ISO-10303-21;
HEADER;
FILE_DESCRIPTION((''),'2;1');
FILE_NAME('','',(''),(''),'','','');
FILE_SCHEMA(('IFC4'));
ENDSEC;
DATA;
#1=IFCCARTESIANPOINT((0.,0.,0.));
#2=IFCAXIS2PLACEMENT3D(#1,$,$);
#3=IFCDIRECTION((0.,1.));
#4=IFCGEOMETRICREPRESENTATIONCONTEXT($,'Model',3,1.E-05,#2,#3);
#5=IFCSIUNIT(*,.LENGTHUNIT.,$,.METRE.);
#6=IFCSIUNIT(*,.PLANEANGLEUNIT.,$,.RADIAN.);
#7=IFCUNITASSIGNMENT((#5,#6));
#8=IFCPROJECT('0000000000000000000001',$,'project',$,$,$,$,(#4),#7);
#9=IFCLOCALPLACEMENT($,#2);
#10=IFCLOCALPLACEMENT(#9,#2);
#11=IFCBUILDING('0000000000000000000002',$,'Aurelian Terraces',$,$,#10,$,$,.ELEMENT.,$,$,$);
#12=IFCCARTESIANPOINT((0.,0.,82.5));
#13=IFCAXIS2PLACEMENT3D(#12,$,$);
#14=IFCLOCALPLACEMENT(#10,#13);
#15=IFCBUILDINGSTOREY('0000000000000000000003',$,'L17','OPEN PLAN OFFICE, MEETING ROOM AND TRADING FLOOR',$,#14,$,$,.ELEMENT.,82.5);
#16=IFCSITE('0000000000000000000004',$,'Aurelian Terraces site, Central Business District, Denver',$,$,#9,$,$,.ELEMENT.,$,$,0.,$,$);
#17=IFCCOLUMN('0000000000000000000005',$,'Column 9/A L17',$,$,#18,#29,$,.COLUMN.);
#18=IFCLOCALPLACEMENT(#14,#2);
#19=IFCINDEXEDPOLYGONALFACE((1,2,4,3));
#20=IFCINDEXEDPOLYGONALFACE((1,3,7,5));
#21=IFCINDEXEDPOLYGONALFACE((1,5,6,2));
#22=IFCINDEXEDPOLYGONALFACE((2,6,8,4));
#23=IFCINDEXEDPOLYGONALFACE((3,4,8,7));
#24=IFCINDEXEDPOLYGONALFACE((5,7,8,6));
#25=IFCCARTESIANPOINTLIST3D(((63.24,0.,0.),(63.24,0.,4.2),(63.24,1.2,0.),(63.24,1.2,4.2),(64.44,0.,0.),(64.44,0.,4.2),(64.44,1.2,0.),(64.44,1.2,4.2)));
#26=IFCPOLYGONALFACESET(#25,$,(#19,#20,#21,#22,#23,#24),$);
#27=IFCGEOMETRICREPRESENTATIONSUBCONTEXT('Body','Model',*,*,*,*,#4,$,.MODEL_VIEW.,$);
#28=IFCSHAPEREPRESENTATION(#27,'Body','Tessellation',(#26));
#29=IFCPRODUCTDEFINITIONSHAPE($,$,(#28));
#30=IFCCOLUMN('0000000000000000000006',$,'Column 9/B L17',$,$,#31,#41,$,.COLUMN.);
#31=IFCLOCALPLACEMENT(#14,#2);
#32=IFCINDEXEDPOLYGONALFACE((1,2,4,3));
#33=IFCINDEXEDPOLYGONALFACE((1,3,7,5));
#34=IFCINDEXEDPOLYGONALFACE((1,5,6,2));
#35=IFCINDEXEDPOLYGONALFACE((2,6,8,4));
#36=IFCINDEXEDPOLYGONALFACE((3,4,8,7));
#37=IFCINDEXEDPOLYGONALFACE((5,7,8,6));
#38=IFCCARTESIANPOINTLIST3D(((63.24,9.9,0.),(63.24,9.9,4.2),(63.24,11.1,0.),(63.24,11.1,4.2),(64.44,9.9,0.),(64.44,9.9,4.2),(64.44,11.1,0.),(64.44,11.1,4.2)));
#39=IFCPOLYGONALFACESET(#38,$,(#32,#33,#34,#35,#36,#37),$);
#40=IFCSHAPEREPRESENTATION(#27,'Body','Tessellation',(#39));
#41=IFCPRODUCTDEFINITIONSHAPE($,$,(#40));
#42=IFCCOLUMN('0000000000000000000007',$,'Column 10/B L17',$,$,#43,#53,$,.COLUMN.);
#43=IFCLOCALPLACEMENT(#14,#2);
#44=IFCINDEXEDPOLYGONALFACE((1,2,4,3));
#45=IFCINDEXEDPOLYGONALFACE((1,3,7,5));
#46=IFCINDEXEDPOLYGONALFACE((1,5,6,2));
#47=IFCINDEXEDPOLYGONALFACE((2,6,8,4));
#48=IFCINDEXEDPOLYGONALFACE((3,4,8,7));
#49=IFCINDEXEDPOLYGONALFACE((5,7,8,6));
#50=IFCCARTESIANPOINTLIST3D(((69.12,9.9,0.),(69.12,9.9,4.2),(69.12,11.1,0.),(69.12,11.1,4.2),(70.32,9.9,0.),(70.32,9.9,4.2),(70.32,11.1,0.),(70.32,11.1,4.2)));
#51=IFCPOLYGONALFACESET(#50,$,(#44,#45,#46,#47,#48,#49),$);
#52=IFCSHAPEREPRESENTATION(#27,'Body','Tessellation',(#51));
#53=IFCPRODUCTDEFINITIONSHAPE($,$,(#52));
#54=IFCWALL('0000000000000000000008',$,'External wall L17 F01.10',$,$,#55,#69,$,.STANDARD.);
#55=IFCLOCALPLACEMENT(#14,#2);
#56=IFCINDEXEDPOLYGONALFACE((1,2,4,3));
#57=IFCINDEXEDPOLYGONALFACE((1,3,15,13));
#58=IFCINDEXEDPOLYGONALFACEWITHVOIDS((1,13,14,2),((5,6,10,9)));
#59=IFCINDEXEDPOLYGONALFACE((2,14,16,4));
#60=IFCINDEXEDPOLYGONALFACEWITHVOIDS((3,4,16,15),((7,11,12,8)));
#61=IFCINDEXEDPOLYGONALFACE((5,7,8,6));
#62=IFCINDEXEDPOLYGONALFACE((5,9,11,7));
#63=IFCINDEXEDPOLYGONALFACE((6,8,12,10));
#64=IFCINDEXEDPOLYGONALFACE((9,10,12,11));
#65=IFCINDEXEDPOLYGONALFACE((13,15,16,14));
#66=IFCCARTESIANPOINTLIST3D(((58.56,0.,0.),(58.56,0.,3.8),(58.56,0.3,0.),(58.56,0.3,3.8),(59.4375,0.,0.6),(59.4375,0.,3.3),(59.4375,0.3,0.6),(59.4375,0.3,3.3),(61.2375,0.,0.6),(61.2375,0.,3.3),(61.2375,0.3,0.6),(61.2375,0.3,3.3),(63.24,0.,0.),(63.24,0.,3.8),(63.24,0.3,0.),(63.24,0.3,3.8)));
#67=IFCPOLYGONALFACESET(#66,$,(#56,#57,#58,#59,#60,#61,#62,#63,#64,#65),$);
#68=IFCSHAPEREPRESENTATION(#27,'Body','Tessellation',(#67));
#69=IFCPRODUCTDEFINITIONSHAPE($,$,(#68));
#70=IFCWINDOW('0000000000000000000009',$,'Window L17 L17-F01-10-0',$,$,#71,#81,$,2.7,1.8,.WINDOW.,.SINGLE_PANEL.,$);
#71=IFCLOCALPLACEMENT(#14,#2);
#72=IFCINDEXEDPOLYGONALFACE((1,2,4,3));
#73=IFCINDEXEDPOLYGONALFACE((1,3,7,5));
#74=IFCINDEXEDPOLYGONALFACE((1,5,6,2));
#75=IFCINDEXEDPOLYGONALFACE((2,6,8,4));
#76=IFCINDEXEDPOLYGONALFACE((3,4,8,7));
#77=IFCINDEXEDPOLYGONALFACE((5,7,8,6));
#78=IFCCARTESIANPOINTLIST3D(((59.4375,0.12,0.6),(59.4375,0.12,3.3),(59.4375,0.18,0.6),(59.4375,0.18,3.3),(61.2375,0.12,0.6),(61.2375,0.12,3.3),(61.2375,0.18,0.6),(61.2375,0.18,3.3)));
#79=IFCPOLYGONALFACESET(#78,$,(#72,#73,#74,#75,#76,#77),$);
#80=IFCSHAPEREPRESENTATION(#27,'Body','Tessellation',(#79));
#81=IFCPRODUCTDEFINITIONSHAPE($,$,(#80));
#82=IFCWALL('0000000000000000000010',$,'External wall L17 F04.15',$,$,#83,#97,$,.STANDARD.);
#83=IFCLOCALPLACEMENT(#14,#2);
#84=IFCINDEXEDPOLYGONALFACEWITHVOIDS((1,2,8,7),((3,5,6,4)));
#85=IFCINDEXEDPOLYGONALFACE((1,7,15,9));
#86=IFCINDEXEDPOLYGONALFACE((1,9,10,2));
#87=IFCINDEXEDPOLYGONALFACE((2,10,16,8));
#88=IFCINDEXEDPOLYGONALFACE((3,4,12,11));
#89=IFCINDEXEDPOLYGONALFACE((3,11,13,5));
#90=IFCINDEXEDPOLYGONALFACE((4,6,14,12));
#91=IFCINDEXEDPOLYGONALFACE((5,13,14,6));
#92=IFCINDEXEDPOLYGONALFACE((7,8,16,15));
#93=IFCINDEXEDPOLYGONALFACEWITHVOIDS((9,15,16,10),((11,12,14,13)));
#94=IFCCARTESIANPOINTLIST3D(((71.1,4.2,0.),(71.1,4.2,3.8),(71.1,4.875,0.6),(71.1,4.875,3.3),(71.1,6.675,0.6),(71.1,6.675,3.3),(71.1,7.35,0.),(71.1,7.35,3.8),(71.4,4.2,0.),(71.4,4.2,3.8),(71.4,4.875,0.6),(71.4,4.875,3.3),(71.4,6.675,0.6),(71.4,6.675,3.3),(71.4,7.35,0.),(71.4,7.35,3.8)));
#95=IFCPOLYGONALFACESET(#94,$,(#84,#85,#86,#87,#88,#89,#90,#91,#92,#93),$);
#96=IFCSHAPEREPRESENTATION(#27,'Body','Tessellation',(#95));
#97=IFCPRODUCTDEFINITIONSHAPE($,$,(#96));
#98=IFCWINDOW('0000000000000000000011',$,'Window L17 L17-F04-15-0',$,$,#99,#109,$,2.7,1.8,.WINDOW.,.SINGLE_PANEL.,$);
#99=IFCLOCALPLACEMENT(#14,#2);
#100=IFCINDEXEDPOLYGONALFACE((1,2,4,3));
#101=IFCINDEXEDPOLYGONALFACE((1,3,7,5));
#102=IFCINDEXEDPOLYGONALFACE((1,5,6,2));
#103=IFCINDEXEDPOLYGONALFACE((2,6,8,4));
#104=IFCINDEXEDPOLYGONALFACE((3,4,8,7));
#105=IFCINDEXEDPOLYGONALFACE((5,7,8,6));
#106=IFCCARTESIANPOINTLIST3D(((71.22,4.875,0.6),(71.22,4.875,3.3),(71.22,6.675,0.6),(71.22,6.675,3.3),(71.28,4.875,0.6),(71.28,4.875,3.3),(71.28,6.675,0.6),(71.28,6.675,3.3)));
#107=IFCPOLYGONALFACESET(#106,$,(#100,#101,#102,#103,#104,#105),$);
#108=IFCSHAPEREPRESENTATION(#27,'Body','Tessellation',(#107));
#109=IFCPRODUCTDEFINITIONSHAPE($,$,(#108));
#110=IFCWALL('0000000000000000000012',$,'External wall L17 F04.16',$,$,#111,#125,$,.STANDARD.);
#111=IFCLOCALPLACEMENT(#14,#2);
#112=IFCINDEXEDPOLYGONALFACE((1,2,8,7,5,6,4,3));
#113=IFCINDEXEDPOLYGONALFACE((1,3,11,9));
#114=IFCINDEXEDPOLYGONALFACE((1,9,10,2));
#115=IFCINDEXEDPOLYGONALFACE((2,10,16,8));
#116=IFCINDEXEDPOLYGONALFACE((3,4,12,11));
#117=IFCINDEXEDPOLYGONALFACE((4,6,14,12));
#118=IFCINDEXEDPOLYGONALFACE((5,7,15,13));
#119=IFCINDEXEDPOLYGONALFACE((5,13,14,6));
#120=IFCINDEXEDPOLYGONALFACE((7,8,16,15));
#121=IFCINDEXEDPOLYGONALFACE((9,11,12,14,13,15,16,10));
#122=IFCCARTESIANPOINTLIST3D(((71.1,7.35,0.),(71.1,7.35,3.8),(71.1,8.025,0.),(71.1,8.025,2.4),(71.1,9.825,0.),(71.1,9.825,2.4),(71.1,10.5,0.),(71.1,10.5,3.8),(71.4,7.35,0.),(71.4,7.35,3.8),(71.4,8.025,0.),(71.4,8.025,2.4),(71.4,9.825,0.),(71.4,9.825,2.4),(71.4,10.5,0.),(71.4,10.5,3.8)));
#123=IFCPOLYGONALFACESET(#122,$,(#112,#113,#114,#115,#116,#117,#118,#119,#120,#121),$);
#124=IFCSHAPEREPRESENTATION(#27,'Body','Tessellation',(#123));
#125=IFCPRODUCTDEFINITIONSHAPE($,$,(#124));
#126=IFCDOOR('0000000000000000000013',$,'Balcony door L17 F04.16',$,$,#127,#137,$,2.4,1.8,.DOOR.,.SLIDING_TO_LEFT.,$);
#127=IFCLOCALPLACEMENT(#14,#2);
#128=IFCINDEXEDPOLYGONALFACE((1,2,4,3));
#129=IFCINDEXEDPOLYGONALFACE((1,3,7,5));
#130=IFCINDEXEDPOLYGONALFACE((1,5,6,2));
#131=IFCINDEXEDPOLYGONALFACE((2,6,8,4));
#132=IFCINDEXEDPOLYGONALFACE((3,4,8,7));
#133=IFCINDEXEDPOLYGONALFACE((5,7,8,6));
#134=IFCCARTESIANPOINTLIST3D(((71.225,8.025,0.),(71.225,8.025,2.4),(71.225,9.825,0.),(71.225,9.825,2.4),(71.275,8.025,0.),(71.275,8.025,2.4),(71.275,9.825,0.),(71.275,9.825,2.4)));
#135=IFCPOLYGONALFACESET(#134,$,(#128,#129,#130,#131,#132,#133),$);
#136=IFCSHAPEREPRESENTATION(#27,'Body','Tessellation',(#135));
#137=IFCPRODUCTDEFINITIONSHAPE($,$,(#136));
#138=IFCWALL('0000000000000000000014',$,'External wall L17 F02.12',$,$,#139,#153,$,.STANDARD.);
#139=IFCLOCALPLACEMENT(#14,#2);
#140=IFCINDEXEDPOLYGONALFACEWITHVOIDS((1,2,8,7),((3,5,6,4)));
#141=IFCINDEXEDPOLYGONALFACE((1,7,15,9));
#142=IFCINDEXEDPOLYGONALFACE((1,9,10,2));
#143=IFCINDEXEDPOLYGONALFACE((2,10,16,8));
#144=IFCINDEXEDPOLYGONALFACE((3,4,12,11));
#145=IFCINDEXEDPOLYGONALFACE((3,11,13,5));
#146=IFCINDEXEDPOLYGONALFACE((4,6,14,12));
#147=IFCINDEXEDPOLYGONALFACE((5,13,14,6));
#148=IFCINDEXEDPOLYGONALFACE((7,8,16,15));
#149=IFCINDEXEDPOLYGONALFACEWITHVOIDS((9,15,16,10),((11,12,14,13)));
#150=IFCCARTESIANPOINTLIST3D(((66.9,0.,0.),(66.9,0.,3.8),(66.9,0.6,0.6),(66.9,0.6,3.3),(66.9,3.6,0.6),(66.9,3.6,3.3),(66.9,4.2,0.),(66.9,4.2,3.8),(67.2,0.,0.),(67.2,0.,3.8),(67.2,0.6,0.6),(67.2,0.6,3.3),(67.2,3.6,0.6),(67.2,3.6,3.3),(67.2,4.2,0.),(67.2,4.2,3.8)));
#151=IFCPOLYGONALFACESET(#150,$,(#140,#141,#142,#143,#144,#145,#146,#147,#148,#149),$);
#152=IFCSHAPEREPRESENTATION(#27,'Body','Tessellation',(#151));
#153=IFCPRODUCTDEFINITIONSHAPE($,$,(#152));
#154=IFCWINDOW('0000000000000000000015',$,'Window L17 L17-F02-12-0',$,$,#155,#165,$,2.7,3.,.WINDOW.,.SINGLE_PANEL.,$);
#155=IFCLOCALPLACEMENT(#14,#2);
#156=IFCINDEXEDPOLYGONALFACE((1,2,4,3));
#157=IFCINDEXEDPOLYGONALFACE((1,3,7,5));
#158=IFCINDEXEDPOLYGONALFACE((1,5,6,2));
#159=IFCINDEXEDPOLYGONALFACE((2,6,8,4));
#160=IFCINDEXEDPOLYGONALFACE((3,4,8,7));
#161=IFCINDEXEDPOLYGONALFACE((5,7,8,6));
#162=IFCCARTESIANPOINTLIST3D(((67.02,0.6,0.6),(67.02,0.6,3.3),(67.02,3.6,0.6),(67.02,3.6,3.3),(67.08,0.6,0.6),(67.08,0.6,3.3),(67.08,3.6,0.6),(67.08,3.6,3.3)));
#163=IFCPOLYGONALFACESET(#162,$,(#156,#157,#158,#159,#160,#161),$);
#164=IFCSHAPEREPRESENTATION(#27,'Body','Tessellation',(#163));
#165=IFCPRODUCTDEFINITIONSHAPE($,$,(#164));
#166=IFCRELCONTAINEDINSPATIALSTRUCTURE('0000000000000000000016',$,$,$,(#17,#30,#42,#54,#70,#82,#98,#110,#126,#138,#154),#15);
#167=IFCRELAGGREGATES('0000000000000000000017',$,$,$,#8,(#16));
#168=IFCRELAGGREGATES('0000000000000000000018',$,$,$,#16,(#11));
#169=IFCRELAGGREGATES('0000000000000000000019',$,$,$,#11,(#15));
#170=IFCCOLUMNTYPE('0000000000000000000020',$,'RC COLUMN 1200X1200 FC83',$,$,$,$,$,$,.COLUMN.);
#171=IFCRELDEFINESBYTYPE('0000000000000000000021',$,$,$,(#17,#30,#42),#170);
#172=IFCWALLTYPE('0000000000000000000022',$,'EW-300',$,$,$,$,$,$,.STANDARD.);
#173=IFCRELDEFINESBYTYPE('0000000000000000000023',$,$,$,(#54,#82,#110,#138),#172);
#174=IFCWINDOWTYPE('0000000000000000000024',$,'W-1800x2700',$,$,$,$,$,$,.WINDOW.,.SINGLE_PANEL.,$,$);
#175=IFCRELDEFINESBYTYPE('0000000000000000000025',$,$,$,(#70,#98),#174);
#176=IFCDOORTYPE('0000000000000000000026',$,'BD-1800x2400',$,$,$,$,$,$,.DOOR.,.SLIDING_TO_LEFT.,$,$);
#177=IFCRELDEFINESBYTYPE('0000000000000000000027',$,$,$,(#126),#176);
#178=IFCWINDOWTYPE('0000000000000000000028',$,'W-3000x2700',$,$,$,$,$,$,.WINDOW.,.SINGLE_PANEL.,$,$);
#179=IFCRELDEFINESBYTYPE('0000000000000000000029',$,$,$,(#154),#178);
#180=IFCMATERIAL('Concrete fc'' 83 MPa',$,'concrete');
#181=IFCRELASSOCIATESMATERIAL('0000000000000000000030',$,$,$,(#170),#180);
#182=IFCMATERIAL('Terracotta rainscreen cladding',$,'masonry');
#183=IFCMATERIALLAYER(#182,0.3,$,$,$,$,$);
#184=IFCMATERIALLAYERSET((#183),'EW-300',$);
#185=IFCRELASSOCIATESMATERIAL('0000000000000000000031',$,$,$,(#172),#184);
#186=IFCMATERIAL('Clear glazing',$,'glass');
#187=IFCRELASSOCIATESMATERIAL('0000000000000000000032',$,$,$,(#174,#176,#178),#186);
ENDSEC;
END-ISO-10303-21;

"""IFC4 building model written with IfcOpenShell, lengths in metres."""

from ifc_helpers import new_model, si_unit, direction, frame, frame_2d, origin, origin_2d, place, context, subcontext, project, spatial, rectangle, extrude, source, transform, mapped, material, layer, layer_set, material_profile, profile_set, type_object, element, fill, save


model = new_model("IFC4")

# Units and contexts
model_context = context("Model", 3, precision=1e-05, world=origin(), true_north=direction((0.0, 1.0)))
body_context = subcontext(model_context, "Body", "Model", "MODEL_VIEW")
ifc_project = project(units=[si_unit("LENGTHUNIT", "METRE"), si_unit("PLANEANGLEUNIT", "RADIAN")], contexts=[model_context])

# Site, building, storey
site_placement = place(None, origin())
site = spatial("IfcSite", under=ifc_project, at=site_placement, Name="Aurelian Terraces site, Central Business District, Denver", CompositionType="ELEMENT", RefElevation=0.0)
building_placement = place(site_placement, origin())
building = spatial("IfcBuilding", under=site, at=building_placement, Name="Aurelian Terraces", CompositionType="ELEMENT")
storey_placement = place(building_placement, frame((0.0, 0.0, 82.5)))
storey = spatial("IfcBuildingStorey", under=building, at=storey_placement, Name="L17", Description="OPEN PLAN OFFICE, MEETING ROOM AND TRADING FLOOR", CompositionType="ELEMENT", Elevation=82.5)

# Columns
ifc_material_1 = material(Name="Concrete fc' 83 MPa", Category="concrete")
ifc_material_profile = material_profile(ifc_material_1, rectangle(XDim=1.2, YDim=1.2, at=origin_2d()))
ifc_profile_set = profile_set([ifc_material_profile], Name="Concrete fc' 83 MPa")
column_type = type_object("IfcColumnType", Name="RC COLUMN 1200X1200 FC83", PredefinedType="COLUMN", material=ifc_profile_set)
shared_shape_1 = source(origin(), body_context, "Body", "SweptSolid", [
    extrude(rectangle(XDim=1.2, YDim=1.2, at=origin_2d()), origin(), (0.0, 0.0, 1.0), 4.2),
])
for number, where, z_axis, x_axis, name in (
    (1, (63.84, 0.6, 0.0), (0.0, 0.0, 1.0), (1.0, 0.0, 0.0), "Column 9/A L17"),
    (2, (63.84, 10.5, 0.0), (0.0, 0.0, 1.0), (1.0, 0.0, 0.0), "Column 9/B L17"),
    (3, (69.72, 10.5, 0.0), (0.0, 0.0, 1.0), (1.0, 0.0, 0.0), "Column 10/B L17"),
):
    element("IfcColumn", number, at=place(storey_placement, frame(where, z_axis=z_axis, x_axis=x_axis)), inside=storey, type_object=column_type, Name=name, PredefinedType="COLUMN", context=body_context, shape_type="MappedRepresentation", body=[
        mapped(shared_shape_1, transform((0.0, 0.0, 0.0), scale=1.0)),
    ])

# Walls, openings, windows
ifc_material_2 = material(Name="Terracotta rainscreen cladding", Category="masonry")
ifc_layer_1 = layer(ifc_material_2, 0.3)
ifc_layer_set_1 = layer_set([ifc_layer_1], Name="EW-300")
wall_type_1 = type_object("IfcWallType", Name="EW-300", PredefinedType="STANDARD", material=ifc_layer_set_1)
shared_shape_2 = source(origin(), body_context, "Body", "SweptSolid", [
    extrude(rectangle(XDim=4.68, YDim=0.3, at=frame_2d((2.34, 0.0))), origin(), (0.0, 0.0, 1.0), 3.8),
])
wall_1_placement = place(storey_placement, frame((58.56, 0.15, 0.0), z_axis=(0.0, 0.0, 1.0), x_axis=(1.0, 0.0, 0.0)))
wall_1 = element("IfcWall", 4, at=wall_1_placement, inside=storey, type_object=wall_type_1, Name="External wall L17 F01.10", PredefinedType="STANDARD", context=body_context, shape_type="MappedRepresentation", body=[
    mapped(shared_shape_2, transform((0.0, 0.0, 0.0), scale=1.0)),
])
shared_shape_3 = source(origin(), body_context, "Body", "SweptSolid", [
    extrude(rectangle(XDim=1.8, YDim=2.7, at=frame_2d((0.9, 1.35))), frame((0.0, 0.16, 0.0), z_axis=(0.0, -1.0, 0.0), x_axis=(1.0, 0.0, 0.0)), (0.0, 0.0, 1.0), 0.32),
])
opening_1_placement = place(wall_1_placement, frame((0.8775, 0.0, 0.6)))
opening_1 = element("IfcOpeningElement", 5, at=opening_1_placement, cuts=wall_1, PredefinedType="OPENING", context=body_context, shape_type="MappedRepresentation", body=[
    mapped(shared_shape_3, transform((0.0, 0.0, 0.0), scale=1.0)),
])
ifc_material_3 = material(Name="Clear glazing", Category="glass")
window_type_1 = type_object("IfcWindowType", Name="W-1800x2700", PartitioningType="SINGLE_PANEL", PredefinedType="WINDOW", material=ifc_material_3)
shared_shape_4 = source(origin(), body_context, "Body", "SweptSolid", [
    extrude(rectangle(XDim=1.8, YDim=2.7, at=frame_2d((0.9, 1.35))), frame((0.0, 0.03, 0.0), z_axis=(0.0, -1.0, 0.0), x_axis=(1.0, 0.0, 0.0)), (0.0, 0.0, 1.0), 0.06),
])
window_1_placement = place(opening_1_placement, origin())
window_1 = element("IfcWindow", 6, at=window_1_placement, inside=storey, type_object=window_type_1, Name="Window L17 L17-F01-10-0", OverallHeight=2.7, OverallWidth=1.8, PartitioningType="SINGLE_PANEL", PredefinedType="WINDOW", context=body_context, shape_type="MappedRepresentation", body=[
    mapped(shared_shape_4, transform((0.0, 0.0, 0.0), scale=1.0)),
])
fill(opening_1, window_1)
shared_shape_5 = source(origin(), body_context, "Body", "SweptSolid", [
    extrude(rectangle(XDim=3.15, YDim=0.3, at=frame_2d((1.575, 0.0))), origin(), (0.0, 0.0, 1.0), 3.8),
])
wall_2_placement = place(storey_placement, frame((71.25, 4.2, 0.0), z_axis=(0.0, 0.0, 1.0), x_axis=(0.0, 1.0, 0.0)))
wall_2 = element("IfcWall", 7, at=wall_2_placement, inside=storey, type_object=wall_type_1, Name="External wall L17 F04.15", PredefinedType="STANDARD", context=body_context, shape_type="MappedRepresentation", body=[
    mapped(shared_shape_5, transform((0.0, 0.0, 0.0), scale=1.0)),
])
opening_2_placement = place(wall_2_placement, frame((0.675, 0.0, 0.6)))
opening_2 = element("IfcOpeningElement", 8, at=opening_2_placement, cuts=wall_2, PredefinedType="OPENING", context=body_context, shape_type="MappedRepresentation", body=[
    mapped(shared_shape_3, transform((0.0, 0.0, 0.0), scale=1.0)),
])
window_2_placement = place(opening_2_placement, origin())
window_2 = element("IfcWindow", 9, at=window_2_placement, inside=storey, type_object=window_type_1, Name="Window L17 L17-F04-15-0", OverallHeight=2.7, OverallWidth=1.8, PartitioningType="SINGLE_PANEL", PredefinedType="WINDOW", context=body_context, shape_type="MappedRepresentation", body=[
    mapped(shared_shape_4, transform((0.0, 0.0, 0.0), scale=1.0)),
])
fill(opening_2, window_2)

# Wall, opening, door
wall_3_placement = place(storey_placement, frame((71.25, 7.35, 0.0), z_axis=(0.0, 0.0, 1.0), x_axis=(0.0, 1.0, 0.0)))
wall_3 = element("IfcWall", 10, at=wall_3_placement, inside=storey, type_object=wall_type_1, Name="External wall L17 F04.16", PredefinedType="STANDARD", context=body_context, shape_type="MappedRepresentation", body=[
    mapped(shared_shape_5, transform((0.0, 0.0, 0.0), scale=1.0)),
])
shared_shape_6 = source(origin(), body_context, "Body", "SweptSolid", [
    extrude(rectangle(XDim=1.8, YDim=2.4, at=frame_2d((0.9, 1.2))), frame((0.0, 0.16, 0.0), z_axis=(0.0, -1.0, 0.0), x_axis=(1.0, 0.0, 0.0)), (0.0, 0.0, 1.0), 0.32),
])
opening_3_placement = place(wall_3_placement, frame((0.675, 0.0, 0.0)))
opening_3 = element("IfcOpeningElement", 11, at=opening_3_placement, cuts=wall_3, PredefinedType="OPENING", context=body_context, shape_type="MappedRepresentation", body=[
    mapped(shared_shape_6, transform((0.0, 0.0, 0.0), scale=1.0)),
])
door_type_1 = type_object("IfcDoorType", Name="BD-1800x2400", OperationType="SLIDING_TO_LEFT", PredefinedType="DOOR", material=ifc_material_3)
shared_shape_7 = source(origin(), body_context, "Body", "SweptSolid", [
    extrude(rectangle(XDim=1.8, YDim=2.4, at=frame_2d((0.9, 1.2))), frame((0.0, 0.025, 0.0), z_axis=(0.0, -1.0, 0.0), x_axis=(1.0, 0.0, 0.0)), (0.0, 0.0, 1.0), 0.05),
])
door_1_placement = place(opening_3_placement, origin())
door_1 = element("IfcDoor", 12, at=door_1_placement, inside=storey, type_object=door_type_1, Name="Balcony door L17 F04.16", OperationType="SLIDING_TO_LEFT", OverallHeight=2.4, OverallWidth=1.8, PredefinedType="DOOR", context=body_context, shape_type="MappedRepresentation", body=[
    mapped(shared_shape_7, transform((0.0, 0.0, 0.0), scale=1.0)),
])
fill(opening_3, door_1)

# Wall, opening, window
shared_shape_8 = source(origin(), body_context, "Body", "SweptSolid", [
    extrude(rectangle(XDim=4.2, YDim=0.3, at=frame_2d((2.1, 0.0))), origin(), (0.0, 0.0, 1.0), 3.8),
])
wall_4_placement = place(storey_placement, frame((67.05, 0.0, 0.0), z_axis=(0.0, 0.0, 1.0), x_axis=(0.0, 1.0, 0.0)))
wall_4 = element("IfcWall", 13, at=wall_4_placement, inside=storey, type_object=wall_type_1, Name="External wall L17 F02.12", PredefinedType="STANDARD", context=body_context, shape_type="MappedRepresentation", body=[
    mapped(shared_shape_8, transform((0.0, 0.0, 0.0), scale=1.0)),
])
shared_shape_9 = source(origin(), body_context, "Body", "SweptSolid", [
    extrude(rectangle(XDim=3.0, YDim=2.7, at=frame_2d((1.5, 1.35))), frame((0.0, 0.16, 0.0), z_axis=(0.0, -1.0, 0.0), x_axis=(1.0, 0.0, 0.0)), (0.0, 0.0, 1.0), 0.32),
])
opening_4_placement = place(wall_4_placement, frame((0.6, 0.0, 0.6)))
opening_4 = element("IfcOpeningElement", 14, at=opening_4_placement, cuts=wall_4, PredefinedType="OPENING", context=body_context, shape_type="MappedRepresentation", body=[
    mapped(shared_shape_9, transform((0.0, 0.0, 0.0), scale=1.0)),
])
window_type_2 = type_object("IfcWindowType", Name="W-3000x2700", PartitioningType="SINGLE_PANEL", PredefinedType="WINDOW", material=ifc_material_3)
shared_shape_10 = source(origin(), body_context, "Body", "SweptSolid", [
    extrude(rectangle(XDim=3.0, YDim=2.7, at=frame_2d((1.5, 1.35))), frame((0.0, 0.03, 0.0), z_axis=(0.0, -1.0, 0.0), x_axis=(1.0, 0.0, 0.0)), (0.0, 0.0, 1.0), 0.06),
])
window_3_placement = place(opening_4_placement, origin())
window_3 = element("IfcWindow", 15, at=window_3_placement, inside=storey, type_object=window_type_2, Name="Window L17 L17-F02-12-0", OverallHeight=2.7, OverallWidth=3.0, PartitioningType="SINGLE_PANEL", PredefinedType="WINDOW", context=body_context, shape_type="MappedRepresentation", body=[
    mapped(shared_shape_10, transform((0.0, 0.0, 0.0), scale=1.0)),
])
fill(opening_4, window_3)

save(model, "model.ifc")
